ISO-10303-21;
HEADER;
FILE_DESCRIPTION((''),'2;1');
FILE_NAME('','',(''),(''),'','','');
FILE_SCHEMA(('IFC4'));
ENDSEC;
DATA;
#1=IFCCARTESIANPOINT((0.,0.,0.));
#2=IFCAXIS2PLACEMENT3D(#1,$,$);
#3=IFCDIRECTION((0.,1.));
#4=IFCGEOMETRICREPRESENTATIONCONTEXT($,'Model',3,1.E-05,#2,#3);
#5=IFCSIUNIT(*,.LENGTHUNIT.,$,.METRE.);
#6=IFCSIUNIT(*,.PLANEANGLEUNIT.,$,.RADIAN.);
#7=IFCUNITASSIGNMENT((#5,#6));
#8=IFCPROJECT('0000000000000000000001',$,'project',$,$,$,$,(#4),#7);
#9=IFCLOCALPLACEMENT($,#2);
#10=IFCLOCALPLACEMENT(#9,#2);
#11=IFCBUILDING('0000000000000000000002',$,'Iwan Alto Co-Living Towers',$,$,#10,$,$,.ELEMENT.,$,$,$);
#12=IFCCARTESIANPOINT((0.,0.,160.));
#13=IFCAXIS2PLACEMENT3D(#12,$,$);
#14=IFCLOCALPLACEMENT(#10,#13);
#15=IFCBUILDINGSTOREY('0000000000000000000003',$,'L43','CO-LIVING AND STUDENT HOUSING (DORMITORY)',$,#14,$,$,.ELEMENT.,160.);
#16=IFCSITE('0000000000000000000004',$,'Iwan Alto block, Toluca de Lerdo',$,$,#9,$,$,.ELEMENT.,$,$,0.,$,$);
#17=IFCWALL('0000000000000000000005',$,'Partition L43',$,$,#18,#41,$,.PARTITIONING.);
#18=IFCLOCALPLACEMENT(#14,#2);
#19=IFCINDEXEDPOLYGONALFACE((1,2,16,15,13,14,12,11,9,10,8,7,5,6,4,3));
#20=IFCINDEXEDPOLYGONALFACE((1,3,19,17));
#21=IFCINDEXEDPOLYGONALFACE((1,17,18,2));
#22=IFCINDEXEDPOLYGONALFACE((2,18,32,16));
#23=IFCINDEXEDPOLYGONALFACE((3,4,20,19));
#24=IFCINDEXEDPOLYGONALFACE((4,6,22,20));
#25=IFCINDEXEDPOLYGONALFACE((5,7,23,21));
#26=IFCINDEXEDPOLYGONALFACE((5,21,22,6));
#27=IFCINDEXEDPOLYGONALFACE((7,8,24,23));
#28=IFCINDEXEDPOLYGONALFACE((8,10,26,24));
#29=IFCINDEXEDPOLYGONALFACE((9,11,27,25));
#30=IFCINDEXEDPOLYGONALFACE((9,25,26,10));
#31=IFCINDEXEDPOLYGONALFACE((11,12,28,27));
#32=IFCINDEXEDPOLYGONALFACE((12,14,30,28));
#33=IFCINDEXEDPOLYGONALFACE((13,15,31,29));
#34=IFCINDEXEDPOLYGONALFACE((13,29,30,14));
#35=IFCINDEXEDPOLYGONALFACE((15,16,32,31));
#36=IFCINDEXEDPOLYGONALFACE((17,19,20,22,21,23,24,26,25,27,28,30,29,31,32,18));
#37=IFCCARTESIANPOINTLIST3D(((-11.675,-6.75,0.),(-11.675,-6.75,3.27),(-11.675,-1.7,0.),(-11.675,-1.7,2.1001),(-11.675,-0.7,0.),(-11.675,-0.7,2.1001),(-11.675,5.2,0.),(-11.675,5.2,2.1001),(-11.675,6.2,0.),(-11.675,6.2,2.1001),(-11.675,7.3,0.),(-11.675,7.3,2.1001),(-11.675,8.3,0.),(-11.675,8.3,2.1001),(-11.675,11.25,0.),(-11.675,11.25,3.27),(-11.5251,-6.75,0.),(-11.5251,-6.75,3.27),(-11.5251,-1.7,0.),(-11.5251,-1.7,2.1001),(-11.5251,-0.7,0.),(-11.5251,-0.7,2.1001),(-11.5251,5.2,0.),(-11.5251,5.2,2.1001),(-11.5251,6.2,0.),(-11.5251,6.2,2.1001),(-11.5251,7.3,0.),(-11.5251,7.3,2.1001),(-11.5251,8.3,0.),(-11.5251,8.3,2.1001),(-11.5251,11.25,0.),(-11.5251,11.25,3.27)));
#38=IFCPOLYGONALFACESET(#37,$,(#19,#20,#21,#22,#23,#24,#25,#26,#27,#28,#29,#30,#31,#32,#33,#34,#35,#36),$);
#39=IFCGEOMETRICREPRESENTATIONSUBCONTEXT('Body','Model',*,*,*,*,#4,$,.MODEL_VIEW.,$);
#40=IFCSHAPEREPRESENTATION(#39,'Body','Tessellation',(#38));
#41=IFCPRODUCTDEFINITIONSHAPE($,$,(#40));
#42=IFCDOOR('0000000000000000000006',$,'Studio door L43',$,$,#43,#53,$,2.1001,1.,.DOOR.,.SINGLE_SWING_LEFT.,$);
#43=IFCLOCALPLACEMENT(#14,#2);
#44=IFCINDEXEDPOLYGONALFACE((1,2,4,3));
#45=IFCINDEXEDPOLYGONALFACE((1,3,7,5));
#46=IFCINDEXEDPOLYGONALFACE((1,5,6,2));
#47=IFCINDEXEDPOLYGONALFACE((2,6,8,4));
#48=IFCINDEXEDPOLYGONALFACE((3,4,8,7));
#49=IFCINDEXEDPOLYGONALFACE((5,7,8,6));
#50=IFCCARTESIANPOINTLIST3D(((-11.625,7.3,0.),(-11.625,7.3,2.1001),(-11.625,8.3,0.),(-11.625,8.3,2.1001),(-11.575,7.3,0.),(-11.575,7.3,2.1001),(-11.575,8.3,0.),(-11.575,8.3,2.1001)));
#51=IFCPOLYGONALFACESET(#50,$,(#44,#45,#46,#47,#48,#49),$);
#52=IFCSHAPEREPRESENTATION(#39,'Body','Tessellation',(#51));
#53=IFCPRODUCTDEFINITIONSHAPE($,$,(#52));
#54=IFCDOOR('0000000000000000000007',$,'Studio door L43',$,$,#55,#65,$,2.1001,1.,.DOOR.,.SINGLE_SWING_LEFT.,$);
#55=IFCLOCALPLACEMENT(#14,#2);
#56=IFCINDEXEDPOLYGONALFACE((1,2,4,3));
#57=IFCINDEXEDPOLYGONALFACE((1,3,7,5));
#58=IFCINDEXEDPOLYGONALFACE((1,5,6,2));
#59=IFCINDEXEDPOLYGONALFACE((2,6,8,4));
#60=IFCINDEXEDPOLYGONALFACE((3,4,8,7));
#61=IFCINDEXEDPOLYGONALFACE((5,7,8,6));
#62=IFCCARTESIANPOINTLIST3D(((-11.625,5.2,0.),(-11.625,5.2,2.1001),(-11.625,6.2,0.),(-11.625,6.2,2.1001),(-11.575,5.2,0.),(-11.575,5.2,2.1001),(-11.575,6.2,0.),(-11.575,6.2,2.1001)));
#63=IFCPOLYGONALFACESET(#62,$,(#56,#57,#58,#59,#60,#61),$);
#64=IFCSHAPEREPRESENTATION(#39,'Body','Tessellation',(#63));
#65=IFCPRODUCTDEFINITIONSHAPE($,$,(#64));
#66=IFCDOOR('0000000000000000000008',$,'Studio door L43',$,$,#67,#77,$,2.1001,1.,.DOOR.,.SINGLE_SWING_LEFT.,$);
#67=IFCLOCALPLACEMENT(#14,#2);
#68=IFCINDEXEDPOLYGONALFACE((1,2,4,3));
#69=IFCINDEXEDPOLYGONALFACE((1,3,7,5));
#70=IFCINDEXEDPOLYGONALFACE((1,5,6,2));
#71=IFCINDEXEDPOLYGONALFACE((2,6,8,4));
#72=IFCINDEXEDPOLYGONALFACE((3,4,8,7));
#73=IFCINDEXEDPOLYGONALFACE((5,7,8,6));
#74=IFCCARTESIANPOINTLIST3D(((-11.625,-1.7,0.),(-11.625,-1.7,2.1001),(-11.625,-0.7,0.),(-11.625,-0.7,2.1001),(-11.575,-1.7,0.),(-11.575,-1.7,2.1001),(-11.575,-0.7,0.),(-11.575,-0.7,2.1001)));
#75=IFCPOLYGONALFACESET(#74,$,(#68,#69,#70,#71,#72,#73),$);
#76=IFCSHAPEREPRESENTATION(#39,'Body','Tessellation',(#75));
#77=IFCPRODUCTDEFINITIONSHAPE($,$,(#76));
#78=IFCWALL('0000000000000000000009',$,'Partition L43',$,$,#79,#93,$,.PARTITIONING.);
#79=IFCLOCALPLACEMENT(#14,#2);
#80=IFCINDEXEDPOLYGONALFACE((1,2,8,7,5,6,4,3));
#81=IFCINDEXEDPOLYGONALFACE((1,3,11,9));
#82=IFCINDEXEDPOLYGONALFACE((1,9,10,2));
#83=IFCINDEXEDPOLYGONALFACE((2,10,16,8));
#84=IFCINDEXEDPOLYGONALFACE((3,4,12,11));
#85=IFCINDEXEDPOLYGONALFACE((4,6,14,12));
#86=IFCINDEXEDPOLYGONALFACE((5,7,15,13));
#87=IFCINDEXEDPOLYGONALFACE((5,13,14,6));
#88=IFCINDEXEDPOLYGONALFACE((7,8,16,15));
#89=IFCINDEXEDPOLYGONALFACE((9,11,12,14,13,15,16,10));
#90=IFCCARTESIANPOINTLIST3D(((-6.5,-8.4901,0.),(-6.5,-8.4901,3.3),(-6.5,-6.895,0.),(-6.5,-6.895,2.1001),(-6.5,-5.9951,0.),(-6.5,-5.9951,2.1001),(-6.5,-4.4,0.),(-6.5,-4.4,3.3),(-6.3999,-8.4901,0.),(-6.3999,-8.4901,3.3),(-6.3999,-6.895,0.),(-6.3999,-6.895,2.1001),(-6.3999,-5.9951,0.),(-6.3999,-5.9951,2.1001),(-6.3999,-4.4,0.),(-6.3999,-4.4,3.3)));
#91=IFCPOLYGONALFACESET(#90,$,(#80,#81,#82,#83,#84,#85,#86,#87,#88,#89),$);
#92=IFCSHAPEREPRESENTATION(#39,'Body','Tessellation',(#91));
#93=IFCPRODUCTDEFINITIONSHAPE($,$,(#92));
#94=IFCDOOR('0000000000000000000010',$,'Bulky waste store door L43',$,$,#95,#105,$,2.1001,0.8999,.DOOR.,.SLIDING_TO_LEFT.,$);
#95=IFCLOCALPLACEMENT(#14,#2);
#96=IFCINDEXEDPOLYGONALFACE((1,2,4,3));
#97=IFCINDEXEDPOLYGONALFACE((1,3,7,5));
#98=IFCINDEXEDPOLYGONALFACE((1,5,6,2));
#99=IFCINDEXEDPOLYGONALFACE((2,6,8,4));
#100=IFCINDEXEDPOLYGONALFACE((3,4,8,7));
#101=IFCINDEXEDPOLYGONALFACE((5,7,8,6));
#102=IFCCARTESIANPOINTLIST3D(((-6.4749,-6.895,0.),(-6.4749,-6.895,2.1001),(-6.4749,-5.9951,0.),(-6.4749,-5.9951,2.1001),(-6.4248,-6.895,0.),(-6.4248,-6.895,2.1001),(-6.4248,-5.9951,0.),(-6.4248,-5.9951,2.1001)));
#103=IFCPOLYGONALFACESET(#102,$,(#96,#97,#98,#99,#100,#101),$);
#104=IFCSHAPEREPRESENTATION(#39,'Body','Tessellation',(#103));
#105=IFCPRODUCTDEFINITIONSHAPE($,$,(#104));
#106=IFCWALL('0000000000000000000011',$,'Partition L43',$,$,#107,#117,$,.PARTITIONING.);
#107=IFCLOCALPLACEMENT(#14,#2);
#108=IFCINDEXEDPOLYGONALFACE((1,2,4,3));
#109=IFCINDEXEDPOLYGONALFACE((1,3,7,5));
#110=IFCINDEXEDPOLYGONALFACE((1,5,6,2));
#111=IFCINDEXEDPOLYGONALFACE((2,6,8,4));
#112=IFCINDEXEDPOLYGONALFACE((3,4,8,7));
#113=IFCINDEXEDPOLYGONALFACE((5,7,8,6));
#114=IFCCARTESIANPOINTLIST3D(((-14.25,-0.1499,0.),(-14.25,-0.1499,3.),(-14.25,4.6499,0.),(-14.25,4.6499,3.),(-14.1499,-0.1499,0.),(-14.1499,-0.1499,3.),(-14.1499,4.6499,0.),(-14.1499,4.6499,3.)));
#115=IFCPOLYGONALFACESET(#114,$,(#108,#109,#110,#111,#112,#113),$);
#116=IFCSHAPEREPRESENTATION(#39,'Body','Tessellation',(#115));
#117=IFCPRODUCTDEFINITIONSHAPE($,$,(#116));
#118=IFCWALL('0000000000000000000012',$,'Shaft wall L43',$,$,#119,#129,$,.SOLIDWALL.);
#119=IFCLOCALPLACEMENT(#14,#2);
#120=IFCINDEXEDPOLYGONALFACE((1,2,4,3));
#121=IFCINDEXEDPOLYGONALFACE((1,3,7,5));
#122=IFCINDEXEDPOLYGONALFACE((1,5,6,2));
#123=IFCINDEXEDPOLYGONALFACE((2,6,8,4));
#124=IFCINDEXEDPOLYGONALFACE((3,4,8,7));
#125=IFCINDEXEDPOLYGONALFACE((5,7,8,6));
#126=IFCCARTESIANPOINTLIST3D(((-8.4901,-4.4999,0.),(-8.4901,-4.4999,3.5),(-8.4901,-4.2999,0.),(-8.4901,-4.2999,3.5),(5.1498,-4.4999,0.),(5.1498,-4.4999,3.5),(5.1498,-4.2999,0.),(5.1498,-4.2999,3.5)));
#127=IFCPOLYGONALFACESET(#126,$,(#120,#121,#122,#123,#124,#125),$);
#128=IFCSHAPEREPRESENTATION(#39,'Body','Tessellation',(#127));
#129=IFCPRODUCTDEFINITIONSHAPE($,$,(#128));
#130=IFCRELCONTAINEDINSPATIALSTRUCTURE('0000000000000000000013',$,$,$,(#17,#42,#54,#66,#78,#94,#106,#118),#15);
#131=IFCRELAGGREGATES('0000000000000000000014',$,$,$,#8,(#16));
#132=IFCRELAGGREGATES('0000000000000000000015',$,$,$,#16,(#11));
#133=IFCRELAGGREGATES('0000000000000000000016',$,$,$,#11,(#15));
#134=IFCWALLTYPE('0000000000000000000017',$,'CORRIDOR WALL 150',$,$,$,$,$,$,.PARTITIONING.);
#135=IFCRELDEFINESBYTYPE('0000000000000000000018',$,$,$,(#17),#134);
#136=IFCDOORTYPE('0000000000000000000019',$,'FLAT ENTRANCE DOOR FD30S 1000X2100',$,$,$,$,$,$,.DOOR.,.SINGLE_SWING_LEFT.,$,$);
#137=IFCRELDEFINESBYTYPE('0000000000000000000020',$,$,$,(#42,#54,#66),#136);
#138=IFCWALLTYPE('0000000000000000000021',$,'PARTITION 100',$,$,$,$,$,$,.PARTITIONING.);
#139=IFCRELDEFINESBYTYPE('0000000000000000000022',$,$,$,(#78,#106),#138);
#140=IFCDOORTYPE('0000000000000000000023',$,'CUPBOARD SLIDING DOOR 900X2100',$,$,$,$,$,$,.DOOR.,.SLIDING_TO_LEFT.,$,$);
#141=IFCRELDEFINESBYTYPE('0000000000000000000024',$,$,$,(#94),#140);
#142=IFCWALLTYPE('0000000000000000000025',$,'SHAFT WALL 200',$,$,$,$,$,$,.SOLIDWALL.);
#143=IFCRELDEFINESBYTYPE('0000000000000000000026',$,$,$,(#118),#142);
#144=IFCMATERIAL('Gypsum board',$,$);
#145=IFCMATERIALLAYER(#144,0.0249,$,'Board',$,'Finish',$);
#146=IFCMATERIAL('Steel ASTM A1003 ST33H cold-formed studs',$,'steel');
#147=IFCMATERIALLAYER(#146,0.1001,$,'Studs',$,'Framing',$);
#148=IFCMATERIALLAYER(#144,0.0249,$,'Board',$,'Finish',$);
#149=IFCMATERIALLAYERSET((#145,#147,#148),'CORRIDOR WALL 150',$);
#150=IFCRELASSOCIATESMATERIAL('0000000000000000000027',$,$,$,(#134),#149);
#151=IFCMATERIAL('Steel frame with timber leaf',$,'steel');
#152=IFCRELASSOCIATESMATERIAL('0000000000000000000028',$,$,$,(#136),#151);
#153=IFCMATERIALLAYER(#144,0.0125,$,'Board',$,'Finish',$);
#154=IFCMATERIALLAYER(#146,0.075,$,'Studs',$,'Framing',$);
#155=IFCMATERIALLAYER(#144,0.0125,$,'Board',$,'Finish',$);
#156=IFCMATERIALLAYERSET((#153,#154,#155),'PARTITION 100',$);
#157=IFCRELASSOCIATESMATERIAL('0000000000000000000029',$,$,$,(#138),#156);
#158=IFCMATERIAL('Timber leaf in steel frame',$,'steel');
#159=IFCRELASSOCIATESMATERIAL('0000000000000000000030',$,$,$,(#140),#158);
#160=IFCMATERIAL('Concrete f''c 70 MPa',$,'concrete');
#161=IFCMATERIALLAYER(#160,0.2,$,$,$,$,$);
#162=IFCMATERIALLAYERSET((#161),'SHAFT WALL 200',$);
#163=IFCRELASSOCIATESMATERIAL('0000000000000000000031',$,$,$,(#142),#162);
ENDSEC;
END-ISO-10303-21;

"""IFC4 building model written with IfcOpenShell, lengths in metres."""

from ifc_helpers import new_model, si_unit, direction, frame, frame_2d, origin, place, context, subcontext, project, spatial, rectangle, extrude, material, layer, layer_set, type_object, element, fill, save


model = new_model("IFC4")

# Units and contexts
model_context = context("Model", 3, precision=1e-05, world=origin(), true_north=direction((0.0, 1.0)))
body_context = subcontext(model_context, "Body", "Model", "MODEL_VIEW")
ifc_project = project(units=[si_unit("LENGTHUNIT", "METRE"), si_unit("PLANEANGLEUNIT", "RADIAN")], contexts=[model_context])

# Site, building, storey
site_placement = place(None, origin())
site = spatial("IfcSite", under=ifc_project, at=site_placement, Name="Iwan Alto block, Toluca de Lerdo", CompositionType="ELEMENT", RefElevation=0.0)
building_placement = place(site_placement, origin())
building = spatial("IfcBuilding", under=site, at=building_placement, Name="Iwan Alto Co-Living Towers", CompositionType="ELEMENT")
storey_placement = place(building_placement, frame((0.0, 0.0, 160.0)))
storey = spatial("IfcBuildingStorey", under=building, at=storey_placement, Name="L43", Description="CO-LIVING AND STUDENT HOUSING (DORMITORY)", CompositionType="ELEMENT", Elevation=160.0)

# Wall, openings, doors
ifc_material_1 = material(Name="Gypsum board")
ifc_layer_1 = layer(ifc_material_1, 0.0249, Name="Board", Category="Finish")
ifc_material_2 = material(Name="Steel ASTM A1003 ST33H cold-formed studs", Category="steel")
ifc_layer_2 = layer(ifc_material_2, 0.1001, Name="Studs", Category="Framing")
ifc_layer_3 = layer(ifc_material_1, 0.0249, Name="Board", Category="Finish")
ifc_layer_set_1 = layer_set([ifc_layer_1, ifc_layer_2, ifc_layer_3], Name="CORRIDOR WALL 150")
wall_type_1 = type_object("IfcWallType", Name="CORRIDOR WALL 150", PredefinedType="PARTITIONING", material=ifc_layer_set_1)
wall_1_placement = place(storey_placement, frame((-11.6001, -6.75, 0.0), z_axis=(0.0, 0.0, 1.0), x_axis=(0.0, 1.0, 0.0)))
wall_1 = element("IfcWall", 1, at=wall_1_placement, inside=storey, type_object=wall_type_1, Name="Partition L43", PredefinedType="PARTITIONING", context=body_context, shape_type="SweptSolid", body=[
    extrude(rectangle(XDim=18.0, YDim=0.1499, at=frame_2d((9.0, 0.0))), origin(), (0.0, 0.0, 1.0), 3.27),
])
opening_1_placement = place(wall_1_placement, frame((14.05, 0.0, 0.0)))
opening_1 = element("IfcOpeningElement", 2, at=opening_1_placement, cuts=wall_1, PredefinedType="OPENING", context=body_context, shape_type="SweptSolid", body=[
    extrude(rectangle(XDim=1.0, YDim=2.1001, at=frame_2d((0.5, 1.05))), frame((0.0, 0.085, 0.0), z_axis=(0.0, -1.0, 0.0), x_axis=(1.0, 0.0, 0.0)), (0.0, 0.0, 1.0), 0.1699),
])
opening_2_placement = place(wall_1_placement, frame((11.95, 0.0, 0.0)))
opening_2 = element("IfcOpeningElement", 3, at=opening_2_placement, cuts=wall_1, PredefinedType="OPENING", context=body_context, shape_type="SweptSolid", body=[
    extrude(rectangle(XDim=1.0, YDim=2.1001, at=frame_2d((0.5, 1.05))), frame((0.0, 0.085, 0.0), z_axis=(0.0, -1.0, 0.0), x_axis=(1.0, 0.0, 0.0)), (0.0, 0.0, 1.0), 0.1699),
])
opening_3_placement = place(wall_1_placement, frame((5.05, 0.0, 0.0)))
opening_3 = element("IfcOpeningElement", 4, at=opening_3_placement, cuts=wall_1, PredefinedType="OPENING", context=body_context, shape_type="SweptSolid", body=[
    extrude(rectangle(XDim=1.0, YDim=2.1001, at=frame_2d((0.5, 1.05))), frame((0.0, 0.085, 0.0), z_axis=(0.0, -1.0, 0.0), x_axis=(1.0, 0.0, 0.0)), (0.0, 0.0, 1.0), 0.1699),
])
ifc_material_3 = material(Name="Steel frame with timber leaf", Category="steel")
door_type_1 = type_object("IfcDoorType", Name="FLAT ENTRANCE DOOR FD30S 1000X2100", OperationType="SINGLE_SWING_LEFT", PredefinedType="DOOR", material=ifc_material_3)
door_1_placement = place(opening_1_placement, origin())
door_1 = element("IfcDoor", 5, at=door_1_placement, inside=storey, type_object=door_type_1, Name="Studio door L43", OperationType="SINGLE_SWING_LEFT", OverallHeight=2.1001, OverallWidth=1.0, PredefinedType="DOOR", context=body_context, shape_type="SweptSolid", body=[
    extrude(rectangle(XDim=1.0, YDim=2.1001, at=frame_2d((0.5, 1.05))), frame((0.0, 0.0249, 0.0), z_axis=(0.0, -1.0, 0.0), x_axis=(1.0, 0.0, 0.0)), (0.0, 0.0, 1.0), 0.05),
])
fill(opening_1, door_1)
door_2_placement = place(opening_2_placement, origin())
door_2 = element("IfcDoor", 6, at=door_2_placement, inside=storey, type_object=door_type_1, Name="Studio door L43", OperationType="SINGLE_SWING_LEFT", OverallHeight=2.1001, OverallWidth=1.0, PredefinedType="DOOR", context=body_context, shape_type="SweptSolid", body=[
    extrude(rectangle(XDim=1.0, YDim=2.1001, at=frame_2d((0.5, 1.05))), frame((0.0, 0.0249, 0.0), z_axis=(0.0, -1.0, 0.0), x_axis=(1.0, 0.0, 0.0)), (0.0, 0.0, 1.0), 0.05),
])
fill(opening_2, door_2)
door_3_placement = place(opening_3_placement, origin())
door_3 = element("IfcDoor", 7, at=door_3_placement, inside=storey, type_object=door_type_1, Name="Studio door L43", OperationType="SINGLE_SWING_LEFT", OverallHeight=2.1001, OverallWidth=1.0, PredefinedType="DOOR", context=body_context, shape_type="SweptSolid", body=[
    extrude(rectangle(XDim=1.0, YDim=2.1001, at=frame_2d((0.5, 1.05))), frame((0.0, 0.0249, 0.0), z_axis=(0.0, -1.0, 0.0), x_axis=(1.0, 0.0, 0.0)), (0.0, 0.0, 1.0), 0.05),
])
fill(opening_3, door_3)

# Wall, opening, door
ifc_layer_4 = layer(ifc_material_1, 0.0125, Name="Board", Category="Finish")
ifc_layer_5 = layer(ifc_material_2, 0.075, Name="Studs", Category="Framing")
ifc_layer_6 = layer(ifc_material_1, 0.0125, Name="Board", Category="Finish")
ifc_layer_set_2 = layer_set([ifc_layer_4, ifc_layer_5, ifc_layer_6], Name="PARTITION 100")
wall_type_2 = type_object("IfcWallType", Name="PARTITION 100", PredefinedType="PARTITIONING", material=ifc_layer_set_2)
wall_2_placement = place(storey_placement, frame((-6.45, -8.49, 0.0), z_axis=(0.0, 0.0, 1.0), x_axis=(0.0, 1.0, 0.0)))
wall_2 = element("IfcWall", 8, at=wall_2_placement, inside=storey, type_object=wall_type_2, Name="Partition L43", PredefinedType="PARTITIONING", context=body_context, shape_type="SweptSolid", body=[
    extrude(rectangle(XDim=4.0901, YDim=0.1001, at=frame_2d((2.0449, 0.0))), origin(), (0.0, 0.0, 1.0), 3.3),
])
opening_4_placement = place(wall_2_placement, frame((1.595, 0.0, 0.0)))
opening_4 = element("IfcOpeningElement", 9, at=opening_4_placement, cuts=wall_2, PredefinedType="OPENING", context=body_context, shape_type="SweptSolid", body=[
    extrude(rectangle(XDim=0.8999, YDim=2.1001, at=frame_2d((0.45, 1.05))), frame((0.0, 0.0601, 0.0), z_axis=(0.0, -1.0, 0.0), x_axis=(1.0, 0.0, 0.0)), (0.0, 0.0, 1.0), 0.1201),
])
ifc_material_4 = material(Name="Timber leaf in steel frame", Category="steel")
door_type_2 = type_object("IfcDoorType", Name="CUPBOARD SLIDING DOOR 900X2100", OperationType="SLIDING_TO_LEFT", PredefinedType="DOOR", material=ifc_material_4)
door_4_placement = place(opening_4_placement, origin())
door_4 = element("IfcDoor", 10, at=door_4_placement, inside=storey, type_object=door_type_2, Name="Bulky waste store door L43", OperationType="SLIDING_TO_LEFT", OverallHeight=2.1001, OverallWidth=0.8999, PredefinedType="DOOR", context=body_context, shape_type="SweptSolid", body=[
    extrude(rectangle(XDim=0.8999, YDim=2.1001, at=frame_2d((0.45, 1.05))), frame((0.0, 0.0249, 0.0), z_axis=(0.0, -1.0, 0.0), x_axis=(1.0, 0.0, 0.0)), (0.0, 0.0, 1.0), 0.05),
])
fill(opening_4, door_4)

# Walls
wall_3_placement = place(storey_placement, frame((-14.2, -0.1499, 0.0), z_axis=(0.0, 0.0, 1.0), x_axis=(0.0, 1.0, 0.0)))
element("IfcWall", 11, at=wall_3_placement, inside=storey, type_object=wall_type_2, Name="Partition L43", PredefinedType="PARTITIONING", context=body_context, shape_type="SweptSolid", body=[
    extrude(rectangle(XDim=4.7998, YDim=0.1001, at=frame_2d((2.3999, 0.0))), origin(), (0.0, 0.0, 1.0), 3.0),
])
ifc_material_5 = material(Name="Concrete f'c 70 MPa", Category="concrete")
ifc_layer_7 = layer(ifc_material_5, 0.2)
ifc_layer_set_3 = layer_set([ifc_layer_7], Name="SHAFT WALL 200")
wall_type_3 = type_object("IfcWallType", Name="SHAFT WALL 200", PredefinedType="SOLIDWALL", material=ifc_layer_set_3)
wall_4_placement = place(storey_placement, frame((-8.49, -4.3999, 0.0), z_axis=(0.0, 0.0, 1.0), x_axis=(1.0, 0.0, 0.0)))
element("IfcWall", 12, at=wall_4_placement, inside=storey, type_object=wall_type_3, Name="Shaft wall L43", PredefinedType="SOLIDWALL", context=body_context, shape_type="SweptSolid", body=[
    extrude(rectangle(XDim=13.6399, YDim=0.2, at=frame_2d((6.8198, 0.0))), origin(), (0.0, 0.0, 1.0), 3.5),
])

save(model, "model.ifc")
